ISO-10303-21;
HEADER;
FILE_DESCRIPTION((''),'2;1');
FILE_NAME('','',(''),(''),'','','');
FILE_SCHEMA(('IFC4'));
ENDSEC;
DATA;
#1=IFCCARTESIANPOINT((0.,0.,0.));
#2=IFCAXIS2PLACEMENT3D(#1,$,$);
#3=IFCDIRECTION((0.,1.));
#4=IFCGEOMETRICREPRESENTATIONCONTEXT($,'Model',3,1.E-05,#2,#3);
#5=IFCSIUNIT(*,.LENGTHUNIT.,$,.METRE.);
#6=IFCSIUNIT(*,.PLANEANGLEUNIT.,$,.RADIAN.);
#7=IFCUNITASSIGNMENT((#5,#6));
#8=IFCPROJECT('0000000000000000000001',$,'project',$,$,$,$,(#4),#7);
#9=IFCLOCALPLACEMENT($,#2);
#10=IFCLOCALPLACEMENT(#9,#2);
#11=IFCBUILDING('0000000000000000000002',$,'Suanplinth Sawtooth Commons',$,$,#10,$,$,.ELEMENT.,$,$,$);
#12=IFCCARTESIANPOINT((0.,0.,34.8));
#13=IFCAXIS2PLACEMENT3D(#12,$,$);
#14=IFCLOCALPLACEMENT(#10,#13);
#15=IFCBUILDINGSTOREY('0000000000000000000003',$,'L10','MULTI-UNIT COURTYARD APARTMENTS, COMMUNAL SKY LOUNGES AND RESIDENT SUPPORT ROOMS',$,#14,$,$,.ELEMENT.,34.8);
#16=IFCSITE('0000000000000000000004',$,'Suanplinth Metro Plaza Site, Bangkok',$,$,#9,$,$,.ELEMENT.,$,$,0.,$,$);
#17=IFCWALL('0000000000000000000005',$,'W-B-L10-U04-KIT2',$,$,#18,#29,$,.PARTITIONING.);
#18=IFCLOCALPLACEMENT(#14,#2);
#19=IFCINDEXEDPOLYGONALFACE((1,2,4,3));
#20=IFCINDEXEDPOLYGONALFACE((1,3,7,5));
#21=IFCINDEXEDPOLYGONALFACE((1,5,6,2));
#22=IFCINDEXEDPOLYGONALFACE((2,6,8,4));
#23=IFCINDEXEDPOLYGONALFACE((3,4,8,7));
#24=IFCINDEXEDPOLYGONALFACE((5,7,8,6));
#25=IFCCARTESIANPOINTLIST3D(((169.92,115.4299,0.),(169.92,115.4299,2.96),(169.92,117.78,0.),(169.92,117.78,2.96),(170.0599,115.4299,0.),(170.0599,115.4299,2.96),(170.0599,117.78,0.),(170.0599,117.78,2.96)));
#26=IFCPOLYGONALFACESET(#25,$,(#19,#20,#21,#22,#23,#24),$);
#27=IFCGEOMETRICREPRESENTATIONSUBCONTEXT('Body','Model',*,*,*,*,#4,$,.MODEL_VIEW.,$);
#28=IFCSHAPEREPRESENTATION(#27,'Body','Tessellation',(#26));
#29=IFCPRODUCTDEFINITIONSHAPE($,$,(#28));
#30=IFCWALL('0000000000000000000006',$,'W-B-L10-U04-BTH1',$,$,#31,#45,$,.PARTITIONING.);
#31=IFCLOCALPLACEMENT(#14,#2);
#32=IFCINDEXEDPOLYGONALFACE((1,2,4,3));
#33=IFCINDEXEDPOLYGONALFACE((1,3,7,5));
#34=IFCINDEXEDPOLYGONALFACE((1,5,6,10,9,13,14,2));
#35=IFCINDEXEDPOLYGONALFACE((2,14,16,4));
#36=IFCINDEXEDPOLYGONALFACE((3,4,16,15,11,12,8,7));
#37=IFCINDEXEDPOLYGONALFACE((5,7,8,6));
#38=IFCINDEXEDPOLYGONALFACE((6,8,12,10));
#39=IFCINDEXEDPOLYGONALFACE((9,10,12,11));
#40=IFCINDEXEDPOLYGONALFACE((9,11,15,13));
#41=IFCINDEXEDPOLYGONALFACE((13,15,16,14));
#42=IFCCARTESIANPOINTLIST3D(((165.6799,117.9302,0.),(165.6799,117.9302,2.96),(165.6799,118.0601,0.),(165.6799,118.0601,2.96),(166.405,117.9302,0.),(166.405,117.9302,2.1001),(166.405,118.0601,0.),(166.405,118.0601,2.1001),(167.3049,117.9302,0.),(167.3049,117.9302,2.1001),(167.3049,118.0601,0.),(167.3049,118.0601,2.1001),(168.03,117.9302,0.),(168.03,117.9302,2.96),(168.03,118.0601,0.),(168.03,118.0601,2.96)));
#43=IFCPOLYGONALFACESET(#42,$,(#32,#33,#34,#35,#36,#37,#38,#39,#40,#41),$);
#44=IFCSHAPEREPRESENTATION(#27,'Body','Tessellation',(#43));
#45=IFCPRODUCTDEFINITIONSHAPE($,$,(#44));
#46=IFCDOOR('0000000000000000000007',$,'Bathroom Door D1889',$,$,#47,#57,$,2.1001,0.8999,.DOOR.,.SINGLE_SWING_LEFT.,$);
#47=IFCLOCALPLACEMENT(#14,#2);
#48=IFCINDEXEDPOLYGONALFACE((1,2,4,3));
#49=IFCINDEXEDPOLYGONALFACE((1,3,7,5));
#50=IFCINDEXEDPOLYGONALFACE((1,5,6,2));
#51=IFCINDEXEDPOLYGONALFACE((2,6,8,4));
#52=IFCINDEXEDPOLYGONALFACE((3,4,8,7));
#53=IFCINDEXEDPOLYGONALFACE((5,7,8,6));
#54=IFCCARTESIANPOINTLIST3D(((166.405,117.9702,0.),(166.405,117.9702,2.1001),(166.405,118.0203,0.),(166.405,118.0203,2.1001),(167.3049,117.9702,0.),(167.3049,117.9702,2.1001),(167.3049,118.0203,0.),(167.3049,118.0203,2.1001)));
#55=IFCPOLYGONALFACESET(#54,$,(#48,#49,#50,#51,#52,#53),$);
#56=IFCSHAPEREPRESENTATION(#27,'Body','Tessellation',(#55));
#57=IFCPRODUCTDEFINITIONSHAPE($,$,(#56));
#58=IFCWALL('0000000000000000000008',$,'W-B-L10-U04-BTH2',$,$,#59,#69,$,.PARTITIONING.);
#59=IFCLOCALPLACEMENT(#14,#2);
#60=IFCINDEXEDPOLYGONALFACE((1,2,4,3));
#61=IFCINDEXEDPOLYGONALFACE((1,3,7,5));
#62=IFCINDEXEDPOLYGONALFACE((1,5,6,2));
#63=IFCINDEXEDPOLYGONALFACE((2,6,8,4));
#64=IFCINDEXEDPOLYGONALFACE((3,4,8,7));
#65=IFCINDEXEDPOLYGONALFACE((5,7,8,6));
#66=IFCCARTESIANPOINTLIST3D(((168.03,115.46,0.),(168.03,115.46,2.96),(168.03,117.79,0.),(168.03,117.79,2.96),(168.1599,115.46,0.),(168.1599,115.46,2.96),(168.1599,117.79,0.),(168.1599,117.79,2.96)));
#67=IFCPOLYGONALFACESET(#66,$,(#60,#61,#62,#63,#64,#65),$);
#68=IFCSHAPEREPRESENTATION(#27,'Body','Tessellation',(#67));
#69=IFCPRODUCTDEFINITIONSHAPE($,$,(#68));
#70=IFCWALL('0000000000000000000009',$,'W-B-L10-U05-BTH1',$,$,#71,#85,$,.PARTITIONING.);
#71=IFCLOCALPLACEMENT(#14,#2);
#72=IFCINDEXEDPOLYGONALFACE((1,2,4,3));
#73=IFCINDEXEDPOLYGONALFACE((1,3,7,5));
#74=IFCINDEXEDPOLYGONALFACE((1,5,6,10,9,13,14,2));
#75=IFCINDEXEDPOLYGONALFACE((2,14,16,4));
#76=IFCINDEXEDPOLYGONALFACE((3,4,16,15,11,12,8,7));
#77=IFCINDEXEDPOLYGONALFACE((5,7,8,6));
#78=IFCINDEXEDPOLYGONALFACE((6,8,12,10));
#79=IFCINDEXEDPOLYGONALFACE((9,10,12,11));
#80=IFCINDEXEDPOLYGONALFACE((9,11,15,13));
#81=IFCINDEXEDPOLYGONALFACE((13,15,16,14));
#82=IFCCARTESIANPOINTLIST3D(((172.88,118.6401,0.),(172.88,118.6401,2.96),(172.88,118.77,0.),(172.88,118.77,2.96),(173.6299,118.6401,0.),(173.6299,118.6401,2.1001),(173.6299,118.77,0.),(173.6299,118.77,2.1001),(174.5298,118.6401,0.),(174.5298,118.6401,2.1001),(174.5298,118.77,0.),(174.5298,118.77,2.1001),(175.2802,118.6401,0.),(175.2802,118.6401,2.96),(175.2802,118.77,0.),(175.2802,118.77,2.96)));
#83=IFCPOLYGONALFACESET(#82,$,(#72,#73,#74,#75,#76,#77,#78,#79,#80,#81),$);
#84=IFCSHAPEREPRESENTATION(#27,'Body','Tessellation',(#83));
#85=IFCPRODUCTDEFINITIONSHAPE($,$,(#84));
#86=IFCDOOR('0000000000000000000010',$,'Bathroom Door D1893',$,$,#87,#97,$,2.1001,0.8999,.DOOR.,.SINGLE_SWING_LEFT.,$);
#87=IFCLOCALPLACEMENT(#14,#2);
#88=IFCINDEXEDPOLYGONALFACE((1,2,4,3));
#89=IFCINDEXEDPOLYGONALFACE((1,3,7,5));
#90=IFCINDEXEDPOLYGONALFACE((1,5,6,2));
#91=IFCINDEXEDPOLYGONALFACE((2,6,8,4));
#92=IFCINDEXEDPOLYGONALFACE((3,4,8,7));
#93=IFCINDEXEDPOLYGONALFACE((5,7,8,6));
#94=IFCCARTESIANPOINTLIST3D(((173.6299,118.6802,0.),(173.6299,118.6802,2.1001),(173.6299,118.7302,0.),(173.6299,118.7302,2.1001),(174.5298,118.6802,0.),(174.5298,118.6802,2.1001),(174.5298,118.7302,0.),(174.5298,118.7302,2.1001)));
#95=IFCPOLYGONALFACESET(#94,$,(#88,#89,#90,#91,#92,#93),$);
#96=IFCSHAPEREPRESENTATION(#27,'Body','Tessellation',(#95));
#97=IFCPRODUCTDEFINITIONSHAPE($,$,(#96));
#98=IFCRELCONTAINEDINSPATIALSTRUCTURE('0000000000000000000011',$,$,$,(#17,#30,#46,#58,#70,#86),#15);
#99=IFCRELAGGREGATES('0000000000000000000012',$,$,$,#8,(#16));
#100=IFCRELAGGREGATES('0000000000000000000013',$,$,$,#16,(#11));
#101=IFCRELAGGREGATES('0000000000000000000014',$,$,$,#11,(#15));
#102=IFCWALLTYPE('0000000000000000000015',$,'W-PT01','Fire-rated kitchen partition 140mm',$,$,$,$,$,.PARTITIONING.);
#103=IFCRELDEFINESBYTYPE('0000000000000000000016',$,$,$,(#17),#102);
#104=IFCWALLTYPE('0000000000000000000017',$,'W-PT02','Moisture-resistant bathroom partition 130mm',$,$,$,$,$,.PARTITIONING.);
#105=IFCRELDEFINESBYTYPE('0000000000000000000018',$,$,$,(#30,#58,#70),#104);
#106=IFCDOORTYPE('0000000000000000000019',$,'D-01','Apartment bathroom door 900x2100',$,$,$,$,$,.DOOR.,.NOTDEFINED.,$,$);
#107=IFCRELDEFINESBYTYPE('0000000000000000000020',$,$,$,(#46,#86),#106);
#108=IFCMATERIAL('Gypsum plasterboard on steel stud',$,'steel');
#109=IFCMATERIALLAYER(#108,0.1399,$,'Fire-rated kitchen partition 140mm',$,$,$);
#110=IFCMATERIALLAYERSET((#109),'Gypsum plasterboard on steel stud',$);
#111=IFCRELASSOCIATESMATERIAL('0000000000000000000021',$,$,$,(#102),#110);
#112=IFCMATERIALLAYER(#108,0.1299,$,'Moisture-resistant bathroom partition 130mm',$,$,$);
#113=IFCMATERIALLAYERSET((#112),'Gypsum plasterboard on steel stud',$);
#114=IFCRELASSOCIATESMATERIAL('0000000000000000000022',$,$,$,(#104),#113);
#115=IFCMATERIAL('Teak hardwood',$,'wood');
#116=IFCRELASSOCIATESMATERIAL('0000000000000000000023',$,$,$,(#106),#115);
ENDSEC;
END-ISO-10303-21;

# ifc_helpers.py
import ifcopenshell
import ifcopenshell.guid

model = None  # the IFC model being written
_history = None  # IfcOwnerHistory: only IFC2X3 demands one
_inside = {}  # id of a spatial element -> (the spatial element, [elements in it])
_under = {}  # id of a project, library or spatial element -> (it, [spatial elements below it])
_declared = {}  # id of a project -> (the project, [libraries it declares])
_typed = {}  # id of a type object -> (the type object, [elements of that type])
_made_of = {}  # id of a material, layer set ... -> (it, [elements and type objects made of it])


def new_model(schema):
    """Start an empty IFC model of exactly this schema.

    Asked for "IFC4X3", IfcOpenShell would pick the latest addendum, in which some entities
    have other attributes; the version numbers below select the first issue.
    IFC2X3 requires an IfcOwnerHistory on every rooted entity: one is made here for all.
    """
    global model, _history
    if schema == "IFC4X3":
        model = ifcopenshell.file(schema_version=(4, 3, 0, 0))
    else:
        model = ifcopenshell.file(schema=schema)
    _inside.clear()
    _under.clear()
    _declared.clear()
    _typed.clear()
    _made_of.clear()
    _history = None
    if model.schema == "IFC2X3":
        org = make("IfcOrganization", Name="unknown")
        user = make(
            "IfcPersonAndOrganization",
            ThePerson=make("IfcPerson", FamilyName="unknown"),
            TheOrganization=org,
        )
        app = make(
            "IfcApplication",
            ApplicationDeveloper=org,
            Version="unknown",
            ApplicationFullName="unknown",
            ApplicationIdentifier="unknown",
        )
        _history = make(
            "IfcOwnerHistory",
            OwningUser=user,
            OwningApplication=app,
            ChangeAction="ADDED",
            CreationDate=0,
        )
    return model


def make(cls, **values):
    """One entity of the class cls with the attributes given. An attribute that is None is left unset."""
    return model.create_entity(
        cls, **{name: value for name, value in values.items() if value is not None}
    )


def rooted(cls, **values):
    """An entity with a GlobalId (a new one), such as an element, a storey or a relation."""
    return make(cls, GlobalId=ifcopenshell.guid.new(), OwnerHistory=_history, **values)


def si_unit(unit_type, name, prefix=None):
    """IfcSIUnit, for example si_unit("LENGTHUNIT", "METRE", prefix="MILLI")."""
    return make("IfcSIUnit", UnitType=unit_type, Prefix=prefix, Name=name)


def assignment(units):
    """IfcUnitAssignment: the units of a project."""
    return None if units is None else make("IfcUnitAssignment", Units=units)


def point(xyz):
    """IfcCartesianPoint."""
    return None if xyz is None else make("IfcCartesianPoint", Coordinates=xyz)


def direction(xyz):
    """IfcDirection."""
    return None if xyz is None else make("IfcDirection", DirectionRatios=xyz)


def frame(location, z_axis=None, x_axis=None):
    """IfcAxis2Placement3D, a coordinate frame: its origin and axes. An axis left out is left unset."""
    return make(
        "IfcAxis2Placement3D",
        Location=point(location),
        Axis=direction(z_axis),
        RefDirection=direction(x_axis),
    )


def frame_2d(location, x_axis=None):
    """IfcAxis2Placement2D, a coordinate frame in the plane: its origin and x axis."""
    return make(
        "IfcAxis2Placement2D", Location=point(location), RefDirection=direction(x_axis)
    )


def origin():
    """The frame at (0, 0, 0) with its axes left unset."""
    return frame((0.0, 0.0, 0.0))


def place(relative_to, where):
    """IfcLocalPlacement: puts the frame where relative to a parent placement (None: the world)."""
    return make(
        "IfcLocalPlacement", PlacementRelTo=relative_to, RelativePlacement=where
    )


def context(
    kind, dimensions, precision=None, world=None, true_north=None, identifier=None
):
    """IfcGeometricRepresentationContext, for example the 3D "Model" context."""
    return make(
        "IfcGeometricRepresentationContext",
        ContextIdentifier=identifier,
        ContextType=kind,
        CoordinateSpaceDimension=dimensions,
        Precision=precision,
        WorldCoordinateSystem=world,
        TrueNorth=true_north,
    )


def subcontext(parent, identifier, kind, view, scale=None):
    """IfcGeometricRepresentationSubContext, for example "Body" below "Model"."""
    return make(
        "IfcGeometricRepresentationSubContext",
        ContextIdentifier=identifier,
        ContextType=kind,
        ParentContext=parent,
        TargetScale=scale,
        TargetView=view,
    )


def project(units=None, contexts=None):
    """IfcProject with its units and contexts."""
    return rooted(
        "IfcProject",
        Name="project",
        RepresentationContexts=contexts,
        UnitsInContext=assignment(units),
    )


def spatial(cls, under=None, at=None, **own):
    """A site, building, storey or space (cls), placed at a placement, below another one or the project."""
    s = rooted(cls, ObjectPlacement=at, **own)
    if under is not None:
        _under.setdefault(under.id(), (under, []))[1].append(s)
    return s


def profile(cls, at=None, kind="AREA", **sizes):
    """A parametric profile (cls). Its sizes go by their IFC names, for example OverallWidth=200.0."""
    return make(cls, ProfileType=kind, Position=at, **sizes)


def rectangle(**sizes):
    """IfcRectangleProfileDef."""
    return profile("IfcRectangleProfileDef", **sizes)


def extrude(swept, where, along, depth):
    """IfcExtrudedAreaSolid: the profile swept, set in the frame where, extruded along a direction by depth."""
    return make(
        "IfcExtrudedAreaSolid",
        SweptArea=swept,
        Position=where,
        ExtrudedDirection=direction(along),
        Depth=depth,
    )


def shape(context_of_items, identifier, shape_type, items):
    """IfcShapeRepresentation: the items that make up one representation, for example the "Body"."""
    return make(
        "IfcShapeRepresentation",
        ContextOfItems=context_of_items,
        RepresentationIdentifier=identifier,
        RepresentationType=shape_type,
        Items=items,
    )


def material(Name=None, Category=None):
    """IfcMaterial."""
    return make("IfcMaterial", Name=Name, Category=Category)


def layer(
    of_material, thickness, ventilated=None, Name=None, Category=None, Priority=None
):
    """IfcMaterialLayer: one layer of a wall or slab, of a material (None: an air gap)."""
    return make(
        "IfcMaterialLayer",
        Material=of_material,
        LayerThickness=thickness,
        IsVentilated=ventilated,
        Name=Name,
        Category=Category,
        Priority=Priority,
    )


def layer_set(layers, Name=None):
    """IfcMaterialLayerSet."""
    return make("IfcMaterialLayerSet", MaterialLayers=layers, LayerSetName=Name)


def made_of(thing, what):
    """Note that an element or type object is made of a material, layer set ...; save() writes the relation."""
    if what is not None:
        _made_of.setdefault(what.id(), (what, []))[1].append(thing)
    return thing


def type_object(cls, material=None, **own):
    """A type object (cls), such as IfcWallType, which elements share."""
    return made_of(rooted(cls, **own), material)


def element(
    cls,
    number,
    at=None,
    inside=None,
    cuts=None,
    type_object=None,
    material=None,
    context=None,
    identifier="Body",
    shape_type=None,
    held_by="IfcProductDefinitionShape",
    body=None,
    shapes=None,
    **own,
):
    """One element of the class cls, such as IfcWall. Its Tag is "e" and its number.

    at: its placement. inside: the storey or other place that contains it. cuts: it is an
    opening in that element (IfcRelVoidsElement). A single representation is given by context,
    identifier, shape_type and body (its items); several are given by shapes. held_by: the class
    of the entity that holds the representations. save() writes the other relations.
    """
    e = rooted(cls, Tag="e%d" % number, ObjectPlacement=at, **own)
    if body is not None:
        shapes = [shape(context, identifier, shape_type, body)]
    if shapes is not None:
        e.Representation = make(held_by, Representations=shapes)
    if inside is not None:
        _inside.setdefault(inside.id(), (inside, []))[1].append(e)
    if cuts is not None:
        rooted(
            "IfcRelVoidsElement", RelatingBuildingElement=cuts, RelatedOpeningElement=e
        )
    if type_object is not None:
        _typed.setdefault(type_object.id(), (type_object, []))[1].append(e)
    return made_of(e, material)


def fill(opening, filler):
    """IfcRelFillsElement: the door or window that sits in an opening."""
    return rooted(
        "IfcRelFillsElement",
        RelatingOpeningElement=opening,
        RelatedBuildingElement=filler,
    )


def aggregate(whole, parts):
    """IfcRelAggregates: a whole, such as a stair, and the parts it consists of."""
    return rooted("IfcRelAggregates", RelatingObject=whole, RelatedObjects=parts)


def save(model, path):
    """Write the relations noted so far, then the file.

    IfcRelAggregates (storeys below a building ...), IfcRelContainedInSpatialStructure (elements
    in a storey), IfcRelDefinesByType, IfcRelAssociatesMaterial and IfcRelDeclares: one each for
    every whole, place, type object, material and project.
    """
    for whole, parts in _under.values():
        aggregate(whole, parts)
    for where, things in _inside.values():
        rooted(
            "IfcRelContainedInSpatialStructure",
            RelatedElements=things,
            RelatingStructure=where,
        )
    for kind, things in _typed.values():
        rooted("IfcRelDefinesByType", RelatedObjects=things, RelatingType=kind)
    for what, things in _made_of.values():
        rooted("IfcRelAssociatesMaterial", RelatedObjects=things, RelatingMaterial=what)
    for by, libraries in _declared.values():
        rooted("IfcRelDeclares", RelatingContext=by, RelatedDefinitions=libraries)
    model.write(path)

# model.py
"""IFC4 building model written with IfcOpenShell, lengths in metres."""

from ifc_helpers import new_model, si_unit, direction, frame, frame_2d, origin, place, context, subcontext, project, spatial, rectangle, extrude, material, layer, layer_set, type_object, element, fill, save


model = new_model("IFC4")

# Units and contexts
model_context = context("Model", 3, precision=1e-05, world=origin(), true_north=direction((0.0, 1.0)))
body_context = subcontext(model_context, "Body", "Model", "MODEL_VIEW")
ifc_project = project(units=[si_unit("LENGTHUNIT", "METRE"), si_unit("PLANEANGLEUNIT", "RADIAN")], contexts=[model_context])

# Site, building, storey
site_placement = place(None, origin())
site = spatial("IfcSite", under=ifc_project, at=site_placement, Name="Suanplinth Metro Plaza Site, Bangkok", CompositionType="ELEMENT", RefElevation=0.0)
building_placement = place(site_placement, origin())
building = spatial("IfcBuilding", under=site, at=building_placement, Name="Suanplinth Sawtooth Commons", CompositionType="ELEMENT")
storey_placement = place(building_placement, frame((0.0, 0.0, 34.8)))
storey = spatial("IfcBuildingStorey", under=building, at=storey_placement, Name="L10", Description="MULTI-UNIT COURTYARD APARTMENTS, COMMUNAL SKY LOUNGES AND RESIDENT SUPPORT ROOMS", CompositionType="ELEMENT", Elevation=34.8)

# Shared definitions
ifc_material_1 = material(Name="Gypsum plasterboard on steel stud", Category="steel")
ifc_layer_1 = layer(ifc_material_1, 0.1399, Name="Fire-rated kitchen partition 140mm")
ifc_layer_set_1 = layer_set([ifc_layer_1], Name="Gypsum plasterboard on steel stud")
wall_type_1 = type_object("IfcWallType", Name="W-PT01", Description="Fire-rated kitchen partition 140mm", PredefinedType="PARTITIONING", material=ifc_layer_set_1)
ifc_material_2 = material(Name="Teak hardwood", Category="wood")

# Wall
wall_1_placement = place(storey_placement, frame((169.99, 115.4299, 0.0), z_axis=(0.0, 0.0, 1.0), x_axis=(0.0, 1.0, 0.0)))
element("IfcWall", 1, at=wall_1_placement, inside=storey, type_object=wall_type_1, Name="W-B-L10-U04-KIT2", PredefinedType="PARTITIONING", context=body_context, shape_type="SweptSolid", body=[
    extrude(rectangle(XDim=2.3501, YDim=0.1399, at=frame_2d((1.175, 0.0))), origin(), (0.0, 0.0, 1.0), 2.96),
])

# Wall, opening, door
ifc_layer_2 = layer(ifc_material_1, 0.1299, Name="Moisture-resistant bathroom partition 130mm")
ifc_layer_set_2 = layer_set([ifc_layer_2], Name="Gypsum plasterboard on steel stud")
wall_type_2 = type_object("IfcWallType", Name="W-PT02", Description="Moisture-resistant bathroom partition 130mm", PredefinedType="PARTITIONING", material=ifc_layer_set_2)
wall_2_placement = place(storey_placement, frame((165.6799, 117.9951, 0.0), z_axis=(0.0, 0.0, 1.0), x_axis=(1.0, 0.0, 0.0)))
wall_2 = element("IfcWall", 2, at=wall_2_placement, inside=storey, type_object=wall_type_2, Name="W-B-L10-U04-BTH1", PredefinedType="PARTITIONING", context=body_context, shape_type="SweptSolid", body=[
    extrude(rectangle(XDim=2.3501, YDim=0.1299, at=frame_2d((1.175, 0.0))), origin(), (0.0, 0.0, 1.0), 2.96),
])
opening_1_placement = place(wall_2_placement, frame((0.7251, 0.0, 0.0)))
opening_1 = element("IfcOpeningElement", 3, at=opening_1_placement, cuts=wall_2, PredefinedType="OPENING", context=body_context, shape_type="SweptSolid", body=[
    extrude(rectangle(XDim=0.8999, YDim=2.1001, at=frame_2d((0.45, 1.05))), frame((0.0, 0.0798, 0.0), z_axis=(0.0, -1.0, 0.0), x_axis=(1.0, 0.0, 0.0)), (0.0, 0.0, 1.0), 0.1597),
])
door_type_1 = type_object("IfcDoorType", Name="D-01", Description="Apartment bathroom door 900x2100", OperationType="NOTDEFINED", PredefinedType="DOOR", material=ifc_material_2)
door_1_placement = place(opening_1_placement, frame((0.8999, 0.0, 0.0), z_axis=(0.0, 0.0, 1.0), x_axis=(-1.0, 0.0, 0.0)))
door_1 = element("IfcDoor", 4, at=door_1_placement, inside=storey, type_object=door_type_1, Name="Bathroom Door D1889", OperationType="SINGLE_SWING_LEFT", OverallHeight=2.1001, OverallWidth=0.8999, PredefinedType="DOOR", context=body_context, shape_type="SweptSolid", body=[
    extrude(rectangle(XDim=0.8999, YDim=2.1001, at=frame_2d((0.45, 1.05))), frame((0.0, 0.0249, 0.0), z_axis=(0.0, -1.0, 0.0), x_axis=(1.0, 0.0, 0.0)), (0.0, 0.0, 1.0), 0.05),
])
fill(opening_1, door_1)

# Wall
wall_3_placement = place(storey_placement, frame((168.095, 115.46, 0.0), z_axis=(0.0, 0.0, 1.0), x_axis=(0.0, 1.0, 0.0)))
element("IfcWall", 5, at=wall_3_placement, inside=storey, type_object=wall_type_2, Name="W-B-L10-U04-BTH2", PredefinedType="PARTITIONING", context=body_context, shape_type="SweptSolid", body=[
    extrude(rectangle(XDim=2.3301, YDim=0.1299, at=frame_2d((1.165, 0.0))), origin(), (0.0, 0.0, 1.0), 2.96),
])

# Wall, opening, door
wall_4_placement = place(storey_placement, frame((172.8799, 118.7051, 0.0), z_axis=(0.0, 0.0, 1.0), x_axis=(1.0, 0.0, 0.0)))
wall_4 = element("IfcWall", 6, at=wall_4_placement, inside=storey, type_object=wall_type_2, Name="W-B-L10-U05-BTH1", PredefinedType="PARTITIONING", context=body_context, shape_type="SweptSolid", body=[
    extrude(rectangle(XDim=2.4001, YDim=0.1299, at=frame_2d((1.2002, 0.0))), origin(), (0.0, 0.0, 1.0), 2.96),
])
opening_2_placement = place(wall_4_placement, frame((0.75, 0.0, 0.0)))
opening_2 = element("IfcOpeningElement", 7, at=opening_2_placement, cuts=wall_4, PredefinedType="OPENING", context=body_context, shape_type="SweptSolid", body=[
    extrude(rectangle(XDim=0.8999, YDim=2.1001, at=frame_2d((0.45, 1.05))), frame((0.0, 0.0798, 0.0), z_axis=(0.0, -1.0, 0.0), x_axis=(1.0, 0.0, 0.0)), (0.0, 0.0, 1.0), 0.1597),
])
door_2_placement = place(opening_2_placement, frame((0.8999, 0.0, 0.0), z_axis=(0.0, 0.0, 1.0), x_axis=(-1.0, 0.0, 0.0)))
door_2 = element("IfcDoor", 8, at=door_2_placement, inside=storey, type_object=door_type_1, Name="Bathroom Door D1893", OperationType="SINGLE_SWING_LEFT", OverallHeight=2.1001, OverallWidth=0.8999, PredefinedType="DOOR", context=body_context, shape_type="SweptSolid", body=[
    extrude(rectangle(XDim=0.8999, YDim=2.1001, at=frame_2d((0.45, 1.05))), frame((0.0, 0.0249, 0.0), z_axis=(0.0, -1.0, 0.0), x_axis=(1.0, 0.0, 0.0)), (0.0, 0.0, 1.0), 0.05),
])
fill(opening_2, door_2)

save(model, "model.ifc")
